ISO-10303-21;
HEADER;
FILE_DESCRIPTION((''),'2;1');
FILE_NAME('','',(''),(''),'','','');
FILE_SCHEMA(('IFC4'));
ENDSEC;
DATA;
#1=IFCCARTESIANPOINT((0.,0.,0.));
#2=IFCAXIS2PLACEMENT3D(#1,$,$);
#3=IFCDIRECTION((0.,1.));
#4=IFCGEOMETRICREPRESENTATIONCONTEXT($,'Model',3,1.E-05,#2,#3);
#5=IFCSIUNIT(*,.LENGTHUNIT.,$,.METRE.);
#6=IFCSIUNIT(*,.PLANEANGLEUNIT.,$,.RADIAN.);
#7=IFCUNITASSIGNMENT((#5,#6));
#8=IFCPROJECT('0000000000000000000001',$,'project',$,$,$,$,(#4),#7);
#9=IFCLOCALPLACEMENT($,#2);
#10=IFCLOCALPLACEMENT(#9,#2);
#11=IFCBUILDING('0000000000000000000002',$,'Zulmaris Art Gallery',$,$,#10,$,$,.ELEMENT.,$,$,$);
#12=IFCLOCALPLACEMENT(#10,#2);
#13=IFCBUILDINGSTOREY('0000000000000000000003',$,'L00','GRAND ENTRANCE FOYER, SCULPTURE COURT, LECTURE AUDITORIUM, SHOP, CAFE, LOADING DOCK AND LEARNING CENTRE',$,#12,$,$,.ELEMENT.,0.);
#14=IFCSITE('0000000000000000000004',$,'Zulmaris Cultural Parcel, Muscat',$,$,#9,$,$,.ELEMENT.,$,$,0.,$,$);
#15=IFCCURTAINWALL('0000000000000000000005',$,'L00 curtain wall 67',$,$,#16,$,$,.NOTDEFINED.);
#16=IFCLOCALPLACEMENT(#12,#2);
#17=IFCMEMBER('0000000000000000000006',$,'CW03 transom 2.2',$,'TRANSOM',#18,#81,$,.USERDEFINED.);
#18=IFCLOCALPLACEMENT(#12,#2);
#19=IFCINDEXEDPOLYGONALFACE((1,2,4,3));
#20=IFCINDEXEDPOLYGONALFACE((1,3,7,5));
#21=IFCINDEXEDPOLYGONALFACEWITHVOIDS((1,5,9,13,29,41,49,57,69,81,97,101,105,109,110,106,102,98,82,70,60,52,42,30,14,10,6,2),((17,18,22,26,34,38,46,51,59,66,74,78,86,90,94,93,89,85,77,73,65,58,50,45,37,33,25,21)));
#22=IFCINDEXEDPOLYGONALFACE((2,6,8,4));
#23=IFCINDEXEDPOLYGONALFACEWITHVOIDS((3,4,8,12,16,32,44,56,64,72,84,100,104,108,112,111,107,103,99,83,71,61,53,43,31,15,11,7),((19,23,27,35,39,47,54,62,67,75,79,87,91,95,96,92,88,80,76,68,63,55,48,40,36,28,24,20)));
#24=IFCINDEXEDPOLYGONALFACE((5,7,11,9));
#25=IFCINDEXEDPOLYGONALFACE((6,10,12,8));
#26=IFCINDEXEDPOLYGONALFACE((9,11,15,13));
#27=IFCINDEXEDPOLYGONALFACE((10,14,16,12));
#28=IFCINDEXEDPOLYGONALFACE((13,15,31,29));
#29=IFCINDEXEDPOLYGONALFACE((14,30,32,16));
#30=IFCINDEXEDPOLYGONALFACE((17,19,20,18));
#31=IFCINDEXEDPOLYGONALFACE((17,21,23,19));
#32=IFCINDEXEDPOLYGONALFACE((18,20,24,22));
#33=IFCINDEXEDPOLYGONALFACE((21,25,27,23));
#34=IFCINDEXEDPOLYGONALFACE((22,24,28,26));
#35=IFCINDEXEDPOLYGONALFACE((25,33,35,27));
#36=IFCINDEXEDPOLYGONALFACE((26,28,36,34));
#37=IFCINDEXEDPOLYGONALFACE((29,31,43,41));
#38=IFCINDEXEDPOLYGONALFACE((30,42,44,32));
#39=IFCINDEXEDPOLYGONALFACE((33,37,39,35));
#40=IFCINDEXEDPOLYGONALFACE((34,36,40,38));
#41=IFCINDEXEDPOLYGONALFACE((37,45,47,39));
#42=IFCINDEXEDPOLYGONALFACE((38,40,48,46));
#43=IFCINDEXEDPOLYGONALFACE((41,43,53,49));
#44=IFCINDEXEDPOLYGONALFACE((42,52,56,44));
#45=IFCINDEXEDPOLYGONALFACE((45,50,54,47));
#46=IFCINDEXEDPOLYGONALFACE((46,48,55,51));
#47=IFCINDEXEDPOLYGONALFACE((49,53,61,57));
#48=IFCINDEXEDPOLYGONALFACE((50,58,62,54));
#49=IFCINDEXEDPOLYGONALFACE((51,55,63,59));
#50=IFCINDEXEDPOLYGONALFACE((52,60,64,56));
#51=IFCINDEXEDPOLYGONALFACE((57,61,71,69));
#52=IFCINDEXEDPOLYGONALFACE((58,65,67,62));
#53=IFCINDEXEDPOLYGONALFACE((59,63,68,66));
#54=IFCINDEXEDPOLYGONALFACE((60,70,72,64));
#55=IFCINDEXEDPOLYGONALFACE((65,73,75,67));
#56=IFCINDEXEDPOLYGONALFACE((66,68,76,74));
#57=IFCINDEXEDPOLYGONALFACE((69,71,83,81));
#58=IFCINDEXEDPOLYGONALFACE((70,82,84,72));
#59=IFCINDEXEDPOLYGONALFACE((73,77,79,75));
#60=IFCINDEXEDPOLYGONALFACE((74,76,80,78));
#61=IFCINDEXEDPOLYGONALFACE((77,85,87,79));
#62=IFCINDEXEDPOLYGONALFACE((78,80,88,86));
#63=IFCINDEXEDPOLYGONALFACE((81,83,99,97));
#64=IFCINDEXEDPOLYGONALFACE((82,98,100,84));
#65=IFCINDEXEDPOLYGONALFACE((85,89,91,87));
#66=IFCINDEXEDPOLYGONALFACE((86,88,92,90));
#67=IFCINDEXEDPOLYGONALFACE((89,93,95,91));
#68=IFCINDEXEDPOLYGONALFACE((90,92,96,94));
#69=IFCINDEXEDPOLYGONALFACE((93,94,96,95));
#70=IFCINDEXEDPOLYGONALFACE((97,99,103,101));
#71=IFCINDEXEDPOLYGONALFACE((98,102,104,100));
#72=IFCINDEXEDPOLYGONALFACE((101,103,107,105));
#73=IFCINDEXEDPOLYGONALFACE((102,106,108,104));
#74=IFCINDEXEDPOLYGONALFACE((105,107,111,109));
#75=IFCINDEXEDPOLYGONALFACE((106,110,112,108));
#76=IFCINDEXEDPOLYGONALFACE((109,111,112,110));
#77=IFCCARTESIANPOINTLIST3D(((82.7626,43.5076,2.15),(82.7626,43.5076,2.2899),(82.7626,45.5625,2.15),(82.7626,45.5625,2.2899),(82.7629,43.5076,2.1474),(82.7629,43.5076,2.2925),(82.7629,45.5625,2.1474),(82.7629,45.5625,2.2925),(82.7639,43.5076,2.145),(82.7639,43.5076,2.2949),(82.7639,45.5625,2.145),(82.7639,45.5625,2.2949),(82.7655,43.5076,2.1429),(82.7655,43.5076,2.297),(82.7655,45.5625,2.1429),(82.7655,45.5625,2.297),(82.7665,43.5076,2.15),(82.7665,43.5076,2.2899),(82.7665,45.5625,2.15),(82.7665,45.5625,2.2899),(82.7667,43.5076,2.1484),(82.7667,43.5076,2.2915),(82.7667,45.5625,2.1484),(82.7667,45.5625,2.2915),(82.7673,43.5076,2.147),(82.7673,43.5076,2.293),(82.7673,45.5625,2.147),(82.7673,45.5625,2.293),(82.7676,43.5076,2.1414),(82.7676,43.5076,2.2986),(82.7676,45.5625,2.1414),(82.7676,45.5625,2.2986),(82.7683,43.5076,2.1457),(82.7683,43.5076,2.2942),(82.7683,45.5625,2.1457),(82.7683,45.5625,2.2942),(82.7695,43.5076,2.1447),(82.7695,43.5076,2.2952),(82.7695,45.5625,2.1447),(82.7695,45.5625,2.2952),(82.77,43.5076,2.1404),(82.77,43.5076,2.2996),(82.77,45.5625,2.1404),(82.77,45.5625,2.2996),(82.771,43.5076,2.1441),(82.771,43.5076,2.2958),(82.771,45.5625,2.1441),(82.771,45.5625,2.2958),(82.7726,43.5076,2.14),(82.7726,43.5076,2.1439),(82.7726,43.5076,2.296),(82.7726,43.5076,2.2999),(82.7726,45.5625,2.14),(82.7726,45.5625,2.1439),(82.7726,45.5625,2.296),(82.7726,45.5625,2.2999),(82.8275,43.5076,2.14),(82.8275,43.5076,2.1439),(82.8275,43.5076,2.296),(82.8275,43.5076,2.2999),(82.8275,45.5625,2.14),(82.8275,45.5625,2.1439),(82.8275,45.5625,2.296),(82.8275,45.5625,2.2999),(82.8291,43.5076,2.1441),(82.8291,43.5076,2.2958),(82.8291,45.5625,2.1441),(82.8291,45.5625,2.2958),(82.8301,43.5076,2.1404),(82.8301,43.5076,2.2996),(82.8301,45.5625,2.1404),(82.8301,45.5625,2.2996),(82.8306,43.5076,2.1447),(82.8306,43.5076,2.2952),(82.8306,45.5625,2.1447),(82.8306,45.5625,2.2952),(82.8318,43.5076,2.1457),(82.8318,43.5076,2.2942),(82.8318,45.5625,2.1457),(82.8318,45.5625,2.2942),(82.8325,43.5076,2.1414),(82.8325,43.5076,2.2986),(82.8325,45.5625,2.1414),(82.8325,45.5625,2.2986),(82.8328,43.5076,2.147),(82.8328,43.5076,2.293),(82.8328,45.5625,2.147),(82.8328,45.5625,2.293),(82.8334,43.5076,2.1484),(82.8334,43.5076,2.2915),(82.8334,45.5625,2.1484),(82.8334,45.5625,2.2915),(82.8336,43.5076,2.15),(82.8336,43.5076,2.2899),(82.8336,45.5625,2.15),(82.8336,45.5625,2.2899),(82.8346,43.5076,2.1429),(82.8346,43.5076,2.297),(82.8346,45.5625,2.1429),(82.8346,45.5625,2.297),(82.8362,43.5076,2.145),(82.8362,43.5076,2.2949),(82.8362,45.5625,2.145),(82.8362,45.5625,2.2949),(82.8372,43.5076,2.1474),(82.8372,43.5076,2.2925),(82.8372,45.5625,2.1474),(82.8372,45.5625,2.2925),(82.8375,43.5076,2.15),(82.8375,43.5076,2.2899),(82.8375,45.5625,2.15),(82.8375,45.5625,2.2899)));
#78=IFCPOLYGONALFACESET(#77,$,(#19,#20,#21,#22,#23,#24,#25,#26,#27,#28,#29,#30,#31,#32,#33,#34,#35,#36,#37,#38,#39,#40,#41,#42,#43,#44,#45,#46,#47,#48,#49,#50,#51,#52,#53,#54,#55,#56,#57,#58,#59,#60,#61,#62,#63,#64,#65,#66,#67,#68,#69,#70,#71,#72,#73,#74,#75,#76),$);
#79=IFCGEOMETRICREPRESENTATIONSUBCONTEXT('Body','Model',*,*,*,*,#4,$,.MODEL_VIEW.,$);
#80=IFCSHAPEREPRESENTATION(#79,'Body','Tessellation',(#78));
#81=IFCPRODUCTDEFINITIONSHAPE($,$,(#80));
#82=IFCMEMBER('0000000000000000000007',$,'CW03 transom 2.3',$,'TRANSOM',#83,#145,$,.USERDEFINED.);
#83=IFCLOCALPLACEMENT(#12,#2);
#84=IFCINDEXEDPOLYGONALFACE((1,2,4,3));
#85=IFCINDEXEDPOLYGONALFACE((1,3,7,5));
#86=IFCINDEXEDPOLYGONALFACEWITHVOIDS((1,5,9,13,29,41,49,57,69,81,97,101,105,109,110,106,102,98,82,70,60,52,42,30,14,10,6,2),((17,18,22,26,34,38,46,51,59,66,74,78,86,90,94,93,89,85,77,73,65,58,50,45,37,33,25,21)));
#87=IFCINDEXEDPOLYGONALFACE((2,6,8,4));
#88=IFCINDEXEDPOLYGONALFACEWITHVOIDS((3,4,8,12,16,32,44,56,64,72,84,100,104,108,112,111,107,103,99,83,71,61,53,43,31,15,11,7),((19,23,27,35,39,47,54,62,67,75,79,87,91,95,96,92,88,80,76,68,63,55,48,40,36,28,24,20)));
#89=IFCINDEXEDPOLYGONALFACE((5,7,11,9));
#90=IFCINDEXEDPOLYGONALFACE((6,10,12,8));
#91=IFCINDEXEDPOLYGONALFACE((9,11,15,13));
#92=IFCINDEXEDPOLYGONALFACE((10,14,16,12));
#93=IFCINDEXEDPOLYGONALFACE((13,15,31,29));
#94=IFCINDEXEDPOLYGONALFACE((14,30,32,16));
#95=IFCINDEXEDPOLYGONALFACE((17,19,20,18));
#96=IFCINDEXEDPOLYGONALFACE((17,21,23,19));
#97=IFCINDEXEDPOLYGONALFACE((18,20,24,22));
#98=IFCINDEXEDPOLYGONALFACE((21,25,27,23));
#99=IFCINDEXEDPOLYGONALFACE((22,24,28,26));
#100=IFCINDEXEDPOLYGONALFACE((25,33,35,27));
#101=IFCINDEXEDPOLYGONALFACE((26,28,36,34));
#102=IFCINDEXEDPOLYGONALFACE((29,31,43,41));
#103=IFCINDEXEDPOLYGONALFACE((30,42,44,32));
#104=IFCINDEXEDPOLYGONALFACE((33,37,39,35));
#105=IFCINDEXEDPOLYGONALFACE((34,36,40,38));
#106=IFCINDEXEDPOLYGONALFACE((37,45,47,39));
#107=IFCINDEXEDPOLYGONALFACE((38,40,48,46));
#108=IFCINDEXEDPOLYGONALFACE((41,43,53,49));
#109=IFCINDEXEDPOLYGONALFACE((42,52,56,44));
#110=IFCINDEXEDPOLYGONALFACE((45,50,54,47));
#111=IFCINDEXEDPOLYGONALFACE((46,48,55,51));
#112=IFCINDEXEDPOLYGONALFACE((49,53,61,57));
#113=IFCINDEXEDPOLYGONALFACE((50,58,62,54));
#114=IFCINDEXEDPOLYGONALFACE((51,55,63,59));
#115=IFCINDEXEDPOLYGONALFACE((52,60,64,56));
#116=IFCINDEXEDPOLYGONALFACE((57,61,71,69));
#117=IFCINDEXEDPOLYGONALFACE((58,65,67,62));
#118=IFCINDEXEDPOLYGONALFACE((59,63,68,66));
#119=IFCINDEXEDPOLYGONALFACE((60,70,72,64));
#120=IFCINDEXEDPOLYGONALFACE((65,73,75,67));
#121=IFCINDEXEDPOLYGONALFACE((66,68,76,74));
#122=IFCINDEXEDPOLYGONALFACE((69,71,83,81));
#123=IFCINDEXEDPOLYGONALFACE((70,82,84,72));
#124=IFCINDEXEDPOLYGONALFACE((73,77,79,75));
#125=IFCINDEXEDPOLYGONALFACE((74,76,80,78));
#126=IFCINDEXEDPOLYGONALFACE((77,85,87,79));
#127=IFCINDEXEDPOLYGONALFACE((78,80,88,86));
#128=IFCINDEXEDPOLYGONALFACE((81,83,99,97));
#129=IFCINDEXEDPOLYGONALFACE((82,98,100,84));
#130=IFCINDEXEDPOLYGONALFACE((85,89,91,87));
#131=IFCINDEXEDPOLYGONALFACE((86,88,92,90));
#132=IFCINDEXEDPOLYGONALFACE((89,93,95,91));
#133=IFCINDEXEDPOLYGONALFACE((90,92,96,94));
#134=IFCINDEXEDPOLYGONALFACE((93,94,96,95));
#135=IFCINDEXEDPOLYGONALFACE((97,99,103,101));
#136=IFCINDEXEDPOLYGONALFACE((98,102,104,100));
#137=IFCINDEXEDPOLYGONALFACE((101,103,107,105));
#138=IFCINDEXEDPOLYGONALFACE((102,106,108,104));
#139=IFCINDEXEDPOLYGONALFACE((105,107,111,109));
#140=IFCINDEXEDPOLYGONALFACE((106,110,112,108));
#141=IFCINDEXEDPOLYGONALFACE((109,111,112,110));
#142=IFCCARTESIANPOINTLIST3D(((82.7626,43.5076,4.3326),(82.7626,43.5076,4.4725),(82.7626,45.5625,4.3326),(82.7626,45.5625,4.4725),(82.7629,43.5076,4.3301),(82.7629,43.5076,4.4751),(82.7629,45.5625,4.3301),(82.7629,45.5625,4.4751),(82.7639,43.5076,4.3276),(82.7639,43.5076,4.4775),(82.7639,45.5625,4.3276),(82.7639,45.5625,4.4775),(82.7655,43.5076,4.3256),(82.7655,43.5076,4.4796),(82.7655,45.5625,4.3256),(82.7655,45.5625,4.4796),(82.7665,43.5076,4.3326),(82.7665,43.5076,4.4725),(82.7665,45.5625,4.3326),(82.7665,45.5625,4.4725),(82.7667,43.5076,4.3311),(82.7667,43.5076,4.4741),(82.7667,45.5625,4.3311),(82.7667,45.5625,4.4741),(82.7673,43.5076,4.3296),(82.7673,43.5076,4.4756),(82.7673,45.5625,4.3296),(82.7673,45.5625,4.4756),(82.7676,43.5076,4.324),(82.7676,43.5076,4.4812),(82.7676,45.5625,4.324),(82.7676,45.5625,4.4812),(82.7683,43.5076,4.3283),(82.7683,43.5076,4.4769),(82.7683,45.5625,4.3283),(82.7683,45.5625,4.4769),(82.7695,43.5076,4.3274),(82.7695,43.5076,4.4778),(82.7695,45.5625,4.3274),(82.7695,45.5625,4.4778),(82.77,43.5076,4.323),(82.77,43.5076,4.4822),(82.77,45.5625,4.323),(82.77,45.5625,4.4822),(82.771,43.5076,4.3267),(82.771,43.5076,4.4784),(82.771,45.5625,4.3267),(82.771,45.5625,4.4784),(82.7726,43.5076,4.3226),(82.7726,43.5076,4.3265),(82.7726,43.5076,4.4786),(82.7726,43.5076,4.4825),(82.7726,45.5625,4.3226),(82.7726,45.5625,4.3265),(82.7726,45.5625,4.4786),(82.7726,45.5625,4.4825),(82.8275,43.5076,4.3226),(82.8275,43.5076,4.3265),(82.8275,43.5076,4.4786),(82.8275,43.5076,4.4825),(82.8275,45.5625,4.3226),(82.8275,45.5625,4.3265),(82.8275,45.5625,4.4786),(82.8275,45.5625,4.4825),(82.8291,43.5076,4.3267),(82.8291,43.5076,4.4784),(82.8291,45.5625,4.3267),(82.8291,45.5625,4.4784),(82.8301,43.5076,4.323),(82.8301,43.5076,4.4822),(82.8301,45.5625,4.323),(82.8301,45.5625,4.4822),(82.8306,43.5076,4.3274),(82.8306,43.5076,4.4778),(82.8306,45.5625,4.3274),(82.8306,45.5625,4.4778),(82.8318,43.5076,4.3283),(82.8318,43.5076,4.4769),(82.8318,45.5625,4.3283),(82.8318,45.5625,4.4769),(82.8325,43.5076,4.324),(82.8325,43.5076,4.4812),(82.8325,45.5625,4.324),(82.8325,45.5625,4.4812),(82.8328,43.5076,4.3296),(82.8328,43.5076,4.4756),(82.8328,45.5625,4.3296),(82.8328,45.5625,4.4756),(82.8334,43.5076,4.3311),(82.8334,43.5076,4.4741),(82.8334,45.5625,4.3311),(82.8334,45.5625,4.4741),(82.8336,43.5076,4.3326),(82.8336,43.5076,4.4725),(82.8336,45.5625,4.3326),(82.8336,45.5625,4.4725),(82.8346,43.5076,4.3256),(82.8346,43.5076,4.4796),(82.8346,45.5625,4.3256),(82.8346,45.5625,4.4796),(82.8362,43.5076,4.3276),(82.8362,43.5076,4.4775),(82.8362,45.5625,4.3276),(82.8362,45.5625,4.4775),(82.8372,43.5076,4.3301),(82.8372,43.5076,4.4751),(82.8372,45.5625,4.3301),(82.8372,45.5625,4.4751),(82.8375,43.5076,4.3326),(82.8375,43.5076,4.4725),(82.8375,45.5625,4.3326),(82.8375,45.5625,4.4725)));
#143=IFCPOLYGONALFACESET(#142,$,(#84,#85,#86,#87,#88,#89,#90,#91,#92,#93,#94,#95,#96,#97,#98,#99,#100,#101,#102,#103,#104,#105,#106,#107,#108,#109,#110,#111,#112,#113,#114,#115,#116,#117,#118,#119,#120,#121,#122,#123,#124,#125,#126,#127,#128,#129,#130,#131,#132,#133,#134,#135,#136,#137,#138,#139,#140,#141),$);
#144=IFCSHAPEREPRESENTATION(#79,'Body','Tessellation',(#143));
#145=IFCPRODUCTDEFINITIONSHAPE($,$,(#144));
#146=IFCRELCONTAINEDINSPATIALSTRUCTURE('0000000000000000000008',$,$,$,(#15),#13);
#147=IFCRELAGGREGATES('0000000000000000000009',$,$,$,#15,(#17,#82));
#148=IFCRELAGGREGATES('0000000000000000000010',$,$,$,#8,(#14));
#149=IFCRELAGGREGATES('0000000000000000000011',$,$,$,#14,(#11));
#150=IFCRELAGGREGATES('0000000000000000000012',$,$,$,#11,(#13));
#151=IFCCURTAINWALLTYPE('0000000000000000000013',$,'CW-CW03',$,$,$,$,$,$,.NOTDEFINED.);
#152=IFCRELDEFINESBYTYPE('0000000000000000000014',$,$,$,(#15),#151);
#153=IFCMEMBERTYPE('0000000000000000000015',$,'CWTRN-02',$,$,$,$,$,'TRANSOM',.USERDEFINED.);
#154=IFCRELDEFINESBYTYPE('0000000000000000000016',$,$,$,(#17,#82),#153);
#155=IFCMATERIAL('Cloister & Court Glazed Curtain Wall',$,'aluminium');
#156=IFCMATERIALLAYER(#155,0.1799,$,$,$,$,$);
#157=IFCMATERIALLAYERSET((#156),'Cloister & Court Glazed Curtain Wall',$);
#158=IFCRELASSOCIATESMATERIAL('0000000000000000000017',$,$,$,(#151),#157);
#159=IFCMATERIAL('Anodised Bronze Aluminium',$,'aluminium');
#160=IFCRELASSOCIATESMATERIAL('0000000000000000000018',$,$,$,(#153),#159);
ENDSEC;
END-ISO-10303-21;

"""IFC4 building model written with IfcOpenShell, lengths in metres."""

from ifc_helpers import new_model, si_unit, direction, frame, origin, origin_2d, place, context, subcontext, project, spatial, hollow_rectangle, extrude, material, layer, layer_set, material_profile, profile_set, type_object, element, aggregate, save


model = new_model("IFC4")

# Units and contexts
model_context = context("Model", 3, precision=1e-05, world=origin(), true_north=direction((0.0, 1.0)))
body_context = subcontext(model_context, "Body", "Model", "MODEL_VIEW")
ifc_project = project(units=[si_unit("LENGTHUNIT", "METRE"), si_unit("PLANEANGLEUNIT", "RADIAN")], contexts=[model_context])

# Site, building, storey
site_placement = place(None, origin())
site = spatial("IfcSite", under=ifc_project, at=site_placement, Name="Zulmaris Cultural Parcel, Muscat", CompositionType="ELEMENT", RefElevation=0.0)
building_placement = place(site_placement, origin())
building = spatial("IfcBuilding", under=site, at=building_placement, Name="Zulmaris Art Gallery", CompositionType="ELEMENT")
storey_placement = place(building_placement, origin())
storey = spatial("IfcBuildingStorey", under=building, at=storey_placement, Name="L00", Description="GRAND ENTRANCE FOYER, SCULPTURE COURT, LECTURE AUDITORIUM, SHOP, CAFE, LOADING DOCK AND LEARNING CENTRE", CompositionType="ELEMENT", Elevation=0.0)

# Curtain wall, members
ifc_material_1 = material(Name="Cloister & Court Glazed Curtain Wall", Category="aluminium")
ifc_layer_1 = layer(ifc_material_1, 0.1799)
ifc_layer_set_1 = layer_set([ifc_layer_1], Name="Cloister & Court Glazed Curtain Wall")
curtain_wall_type = type_object("IfcCurtainWallType", Name="CW-CW03", PredefinedType="NOTDEFINED", material=ifc_layer_set_1)
curtain_wall_placement = place(storey_placement, origin())
curtain_wall = element("IfcCurtainWall", 1, at=curtain_wall_placement, inside=storey, type_object=curtain_wall_type, Name="L00 curtain wall 67", PredefinedType="NOTDEFINED")
ifc_material_2 = material(Name="Anodised Bronze Aluminium", Category="aluminium")
ifc_material_profile_1 = material_profile(ifc_material_2, hollow_rectangle(XDim=0.075, YDim=0.1599, WallThickness=0.0039, InnerFilletRadius=0.0061, OuterFilletRadius=0.01, at=origin_2d()), Name="ALU 75x160x4")
ifc_profile_set_1 = profile_set([ifc_material_profile_1], Name="Anodised Bronze Aluminium")
member_type_1 = type_object("IfcMemberType", Name="CWTRN-02", ElementType="TRANSOM", PredefinedType="USERDEFINED", material=ifc_profile_set_1)
member_1_placement = place(storey_placement, frame((82.8, 43.5076, 2.22), z_axis=(0.0, 1.0, 0.0), x_axis=(-1.0, 0.0, 0.0)))
member_1 = element("IfcMember", 2, at=member_1_placement, type_object=member_type_1, Name="CW03 transom 2.2", ObjectType="TRANSOM", PredefinedType="USERDEFINED", context=body_context, shape_type="SweptSolid", body=[
    extrude(hollow_rectangle(XDim=0.075, YDim=0.1599, WallThickness=0.0039, InnerFilletRadius=0.0061, OuterFilletRadius=0.01, at=origin_2d()), origin(), (0.0, 0.0, 1.0), 2.0549),
])
member_2_placement = place(storey_placement, frame((82.8, 43.5076, 4.4026), z_axis=(0.0, 1.0, 0.0), x_axis=(-1.0, 0.0, 0.0)))
member_2 = element("IfcMember", 3, at=member_2_placement, type_object=member_type_1, Name="CW03 transom 2.3", ObjectType="TRANSOM", PredefinedType="USERDEFINED", context=body_context, shape_type="SweptSolid", body=[
    extrude(hollow_rectangle(XDim=0.075, YDim=0.1599, WallThickness=0.0039, InnerFilletRadius=0.0061, OuterFilletRadius=0.01, at=origin_2d()), origin(), (0.0, 0.0, 1.0), 2.0549),
])
aggregate(curtain_wall, [member_1, member_2])

save(model, "model.ifc")
